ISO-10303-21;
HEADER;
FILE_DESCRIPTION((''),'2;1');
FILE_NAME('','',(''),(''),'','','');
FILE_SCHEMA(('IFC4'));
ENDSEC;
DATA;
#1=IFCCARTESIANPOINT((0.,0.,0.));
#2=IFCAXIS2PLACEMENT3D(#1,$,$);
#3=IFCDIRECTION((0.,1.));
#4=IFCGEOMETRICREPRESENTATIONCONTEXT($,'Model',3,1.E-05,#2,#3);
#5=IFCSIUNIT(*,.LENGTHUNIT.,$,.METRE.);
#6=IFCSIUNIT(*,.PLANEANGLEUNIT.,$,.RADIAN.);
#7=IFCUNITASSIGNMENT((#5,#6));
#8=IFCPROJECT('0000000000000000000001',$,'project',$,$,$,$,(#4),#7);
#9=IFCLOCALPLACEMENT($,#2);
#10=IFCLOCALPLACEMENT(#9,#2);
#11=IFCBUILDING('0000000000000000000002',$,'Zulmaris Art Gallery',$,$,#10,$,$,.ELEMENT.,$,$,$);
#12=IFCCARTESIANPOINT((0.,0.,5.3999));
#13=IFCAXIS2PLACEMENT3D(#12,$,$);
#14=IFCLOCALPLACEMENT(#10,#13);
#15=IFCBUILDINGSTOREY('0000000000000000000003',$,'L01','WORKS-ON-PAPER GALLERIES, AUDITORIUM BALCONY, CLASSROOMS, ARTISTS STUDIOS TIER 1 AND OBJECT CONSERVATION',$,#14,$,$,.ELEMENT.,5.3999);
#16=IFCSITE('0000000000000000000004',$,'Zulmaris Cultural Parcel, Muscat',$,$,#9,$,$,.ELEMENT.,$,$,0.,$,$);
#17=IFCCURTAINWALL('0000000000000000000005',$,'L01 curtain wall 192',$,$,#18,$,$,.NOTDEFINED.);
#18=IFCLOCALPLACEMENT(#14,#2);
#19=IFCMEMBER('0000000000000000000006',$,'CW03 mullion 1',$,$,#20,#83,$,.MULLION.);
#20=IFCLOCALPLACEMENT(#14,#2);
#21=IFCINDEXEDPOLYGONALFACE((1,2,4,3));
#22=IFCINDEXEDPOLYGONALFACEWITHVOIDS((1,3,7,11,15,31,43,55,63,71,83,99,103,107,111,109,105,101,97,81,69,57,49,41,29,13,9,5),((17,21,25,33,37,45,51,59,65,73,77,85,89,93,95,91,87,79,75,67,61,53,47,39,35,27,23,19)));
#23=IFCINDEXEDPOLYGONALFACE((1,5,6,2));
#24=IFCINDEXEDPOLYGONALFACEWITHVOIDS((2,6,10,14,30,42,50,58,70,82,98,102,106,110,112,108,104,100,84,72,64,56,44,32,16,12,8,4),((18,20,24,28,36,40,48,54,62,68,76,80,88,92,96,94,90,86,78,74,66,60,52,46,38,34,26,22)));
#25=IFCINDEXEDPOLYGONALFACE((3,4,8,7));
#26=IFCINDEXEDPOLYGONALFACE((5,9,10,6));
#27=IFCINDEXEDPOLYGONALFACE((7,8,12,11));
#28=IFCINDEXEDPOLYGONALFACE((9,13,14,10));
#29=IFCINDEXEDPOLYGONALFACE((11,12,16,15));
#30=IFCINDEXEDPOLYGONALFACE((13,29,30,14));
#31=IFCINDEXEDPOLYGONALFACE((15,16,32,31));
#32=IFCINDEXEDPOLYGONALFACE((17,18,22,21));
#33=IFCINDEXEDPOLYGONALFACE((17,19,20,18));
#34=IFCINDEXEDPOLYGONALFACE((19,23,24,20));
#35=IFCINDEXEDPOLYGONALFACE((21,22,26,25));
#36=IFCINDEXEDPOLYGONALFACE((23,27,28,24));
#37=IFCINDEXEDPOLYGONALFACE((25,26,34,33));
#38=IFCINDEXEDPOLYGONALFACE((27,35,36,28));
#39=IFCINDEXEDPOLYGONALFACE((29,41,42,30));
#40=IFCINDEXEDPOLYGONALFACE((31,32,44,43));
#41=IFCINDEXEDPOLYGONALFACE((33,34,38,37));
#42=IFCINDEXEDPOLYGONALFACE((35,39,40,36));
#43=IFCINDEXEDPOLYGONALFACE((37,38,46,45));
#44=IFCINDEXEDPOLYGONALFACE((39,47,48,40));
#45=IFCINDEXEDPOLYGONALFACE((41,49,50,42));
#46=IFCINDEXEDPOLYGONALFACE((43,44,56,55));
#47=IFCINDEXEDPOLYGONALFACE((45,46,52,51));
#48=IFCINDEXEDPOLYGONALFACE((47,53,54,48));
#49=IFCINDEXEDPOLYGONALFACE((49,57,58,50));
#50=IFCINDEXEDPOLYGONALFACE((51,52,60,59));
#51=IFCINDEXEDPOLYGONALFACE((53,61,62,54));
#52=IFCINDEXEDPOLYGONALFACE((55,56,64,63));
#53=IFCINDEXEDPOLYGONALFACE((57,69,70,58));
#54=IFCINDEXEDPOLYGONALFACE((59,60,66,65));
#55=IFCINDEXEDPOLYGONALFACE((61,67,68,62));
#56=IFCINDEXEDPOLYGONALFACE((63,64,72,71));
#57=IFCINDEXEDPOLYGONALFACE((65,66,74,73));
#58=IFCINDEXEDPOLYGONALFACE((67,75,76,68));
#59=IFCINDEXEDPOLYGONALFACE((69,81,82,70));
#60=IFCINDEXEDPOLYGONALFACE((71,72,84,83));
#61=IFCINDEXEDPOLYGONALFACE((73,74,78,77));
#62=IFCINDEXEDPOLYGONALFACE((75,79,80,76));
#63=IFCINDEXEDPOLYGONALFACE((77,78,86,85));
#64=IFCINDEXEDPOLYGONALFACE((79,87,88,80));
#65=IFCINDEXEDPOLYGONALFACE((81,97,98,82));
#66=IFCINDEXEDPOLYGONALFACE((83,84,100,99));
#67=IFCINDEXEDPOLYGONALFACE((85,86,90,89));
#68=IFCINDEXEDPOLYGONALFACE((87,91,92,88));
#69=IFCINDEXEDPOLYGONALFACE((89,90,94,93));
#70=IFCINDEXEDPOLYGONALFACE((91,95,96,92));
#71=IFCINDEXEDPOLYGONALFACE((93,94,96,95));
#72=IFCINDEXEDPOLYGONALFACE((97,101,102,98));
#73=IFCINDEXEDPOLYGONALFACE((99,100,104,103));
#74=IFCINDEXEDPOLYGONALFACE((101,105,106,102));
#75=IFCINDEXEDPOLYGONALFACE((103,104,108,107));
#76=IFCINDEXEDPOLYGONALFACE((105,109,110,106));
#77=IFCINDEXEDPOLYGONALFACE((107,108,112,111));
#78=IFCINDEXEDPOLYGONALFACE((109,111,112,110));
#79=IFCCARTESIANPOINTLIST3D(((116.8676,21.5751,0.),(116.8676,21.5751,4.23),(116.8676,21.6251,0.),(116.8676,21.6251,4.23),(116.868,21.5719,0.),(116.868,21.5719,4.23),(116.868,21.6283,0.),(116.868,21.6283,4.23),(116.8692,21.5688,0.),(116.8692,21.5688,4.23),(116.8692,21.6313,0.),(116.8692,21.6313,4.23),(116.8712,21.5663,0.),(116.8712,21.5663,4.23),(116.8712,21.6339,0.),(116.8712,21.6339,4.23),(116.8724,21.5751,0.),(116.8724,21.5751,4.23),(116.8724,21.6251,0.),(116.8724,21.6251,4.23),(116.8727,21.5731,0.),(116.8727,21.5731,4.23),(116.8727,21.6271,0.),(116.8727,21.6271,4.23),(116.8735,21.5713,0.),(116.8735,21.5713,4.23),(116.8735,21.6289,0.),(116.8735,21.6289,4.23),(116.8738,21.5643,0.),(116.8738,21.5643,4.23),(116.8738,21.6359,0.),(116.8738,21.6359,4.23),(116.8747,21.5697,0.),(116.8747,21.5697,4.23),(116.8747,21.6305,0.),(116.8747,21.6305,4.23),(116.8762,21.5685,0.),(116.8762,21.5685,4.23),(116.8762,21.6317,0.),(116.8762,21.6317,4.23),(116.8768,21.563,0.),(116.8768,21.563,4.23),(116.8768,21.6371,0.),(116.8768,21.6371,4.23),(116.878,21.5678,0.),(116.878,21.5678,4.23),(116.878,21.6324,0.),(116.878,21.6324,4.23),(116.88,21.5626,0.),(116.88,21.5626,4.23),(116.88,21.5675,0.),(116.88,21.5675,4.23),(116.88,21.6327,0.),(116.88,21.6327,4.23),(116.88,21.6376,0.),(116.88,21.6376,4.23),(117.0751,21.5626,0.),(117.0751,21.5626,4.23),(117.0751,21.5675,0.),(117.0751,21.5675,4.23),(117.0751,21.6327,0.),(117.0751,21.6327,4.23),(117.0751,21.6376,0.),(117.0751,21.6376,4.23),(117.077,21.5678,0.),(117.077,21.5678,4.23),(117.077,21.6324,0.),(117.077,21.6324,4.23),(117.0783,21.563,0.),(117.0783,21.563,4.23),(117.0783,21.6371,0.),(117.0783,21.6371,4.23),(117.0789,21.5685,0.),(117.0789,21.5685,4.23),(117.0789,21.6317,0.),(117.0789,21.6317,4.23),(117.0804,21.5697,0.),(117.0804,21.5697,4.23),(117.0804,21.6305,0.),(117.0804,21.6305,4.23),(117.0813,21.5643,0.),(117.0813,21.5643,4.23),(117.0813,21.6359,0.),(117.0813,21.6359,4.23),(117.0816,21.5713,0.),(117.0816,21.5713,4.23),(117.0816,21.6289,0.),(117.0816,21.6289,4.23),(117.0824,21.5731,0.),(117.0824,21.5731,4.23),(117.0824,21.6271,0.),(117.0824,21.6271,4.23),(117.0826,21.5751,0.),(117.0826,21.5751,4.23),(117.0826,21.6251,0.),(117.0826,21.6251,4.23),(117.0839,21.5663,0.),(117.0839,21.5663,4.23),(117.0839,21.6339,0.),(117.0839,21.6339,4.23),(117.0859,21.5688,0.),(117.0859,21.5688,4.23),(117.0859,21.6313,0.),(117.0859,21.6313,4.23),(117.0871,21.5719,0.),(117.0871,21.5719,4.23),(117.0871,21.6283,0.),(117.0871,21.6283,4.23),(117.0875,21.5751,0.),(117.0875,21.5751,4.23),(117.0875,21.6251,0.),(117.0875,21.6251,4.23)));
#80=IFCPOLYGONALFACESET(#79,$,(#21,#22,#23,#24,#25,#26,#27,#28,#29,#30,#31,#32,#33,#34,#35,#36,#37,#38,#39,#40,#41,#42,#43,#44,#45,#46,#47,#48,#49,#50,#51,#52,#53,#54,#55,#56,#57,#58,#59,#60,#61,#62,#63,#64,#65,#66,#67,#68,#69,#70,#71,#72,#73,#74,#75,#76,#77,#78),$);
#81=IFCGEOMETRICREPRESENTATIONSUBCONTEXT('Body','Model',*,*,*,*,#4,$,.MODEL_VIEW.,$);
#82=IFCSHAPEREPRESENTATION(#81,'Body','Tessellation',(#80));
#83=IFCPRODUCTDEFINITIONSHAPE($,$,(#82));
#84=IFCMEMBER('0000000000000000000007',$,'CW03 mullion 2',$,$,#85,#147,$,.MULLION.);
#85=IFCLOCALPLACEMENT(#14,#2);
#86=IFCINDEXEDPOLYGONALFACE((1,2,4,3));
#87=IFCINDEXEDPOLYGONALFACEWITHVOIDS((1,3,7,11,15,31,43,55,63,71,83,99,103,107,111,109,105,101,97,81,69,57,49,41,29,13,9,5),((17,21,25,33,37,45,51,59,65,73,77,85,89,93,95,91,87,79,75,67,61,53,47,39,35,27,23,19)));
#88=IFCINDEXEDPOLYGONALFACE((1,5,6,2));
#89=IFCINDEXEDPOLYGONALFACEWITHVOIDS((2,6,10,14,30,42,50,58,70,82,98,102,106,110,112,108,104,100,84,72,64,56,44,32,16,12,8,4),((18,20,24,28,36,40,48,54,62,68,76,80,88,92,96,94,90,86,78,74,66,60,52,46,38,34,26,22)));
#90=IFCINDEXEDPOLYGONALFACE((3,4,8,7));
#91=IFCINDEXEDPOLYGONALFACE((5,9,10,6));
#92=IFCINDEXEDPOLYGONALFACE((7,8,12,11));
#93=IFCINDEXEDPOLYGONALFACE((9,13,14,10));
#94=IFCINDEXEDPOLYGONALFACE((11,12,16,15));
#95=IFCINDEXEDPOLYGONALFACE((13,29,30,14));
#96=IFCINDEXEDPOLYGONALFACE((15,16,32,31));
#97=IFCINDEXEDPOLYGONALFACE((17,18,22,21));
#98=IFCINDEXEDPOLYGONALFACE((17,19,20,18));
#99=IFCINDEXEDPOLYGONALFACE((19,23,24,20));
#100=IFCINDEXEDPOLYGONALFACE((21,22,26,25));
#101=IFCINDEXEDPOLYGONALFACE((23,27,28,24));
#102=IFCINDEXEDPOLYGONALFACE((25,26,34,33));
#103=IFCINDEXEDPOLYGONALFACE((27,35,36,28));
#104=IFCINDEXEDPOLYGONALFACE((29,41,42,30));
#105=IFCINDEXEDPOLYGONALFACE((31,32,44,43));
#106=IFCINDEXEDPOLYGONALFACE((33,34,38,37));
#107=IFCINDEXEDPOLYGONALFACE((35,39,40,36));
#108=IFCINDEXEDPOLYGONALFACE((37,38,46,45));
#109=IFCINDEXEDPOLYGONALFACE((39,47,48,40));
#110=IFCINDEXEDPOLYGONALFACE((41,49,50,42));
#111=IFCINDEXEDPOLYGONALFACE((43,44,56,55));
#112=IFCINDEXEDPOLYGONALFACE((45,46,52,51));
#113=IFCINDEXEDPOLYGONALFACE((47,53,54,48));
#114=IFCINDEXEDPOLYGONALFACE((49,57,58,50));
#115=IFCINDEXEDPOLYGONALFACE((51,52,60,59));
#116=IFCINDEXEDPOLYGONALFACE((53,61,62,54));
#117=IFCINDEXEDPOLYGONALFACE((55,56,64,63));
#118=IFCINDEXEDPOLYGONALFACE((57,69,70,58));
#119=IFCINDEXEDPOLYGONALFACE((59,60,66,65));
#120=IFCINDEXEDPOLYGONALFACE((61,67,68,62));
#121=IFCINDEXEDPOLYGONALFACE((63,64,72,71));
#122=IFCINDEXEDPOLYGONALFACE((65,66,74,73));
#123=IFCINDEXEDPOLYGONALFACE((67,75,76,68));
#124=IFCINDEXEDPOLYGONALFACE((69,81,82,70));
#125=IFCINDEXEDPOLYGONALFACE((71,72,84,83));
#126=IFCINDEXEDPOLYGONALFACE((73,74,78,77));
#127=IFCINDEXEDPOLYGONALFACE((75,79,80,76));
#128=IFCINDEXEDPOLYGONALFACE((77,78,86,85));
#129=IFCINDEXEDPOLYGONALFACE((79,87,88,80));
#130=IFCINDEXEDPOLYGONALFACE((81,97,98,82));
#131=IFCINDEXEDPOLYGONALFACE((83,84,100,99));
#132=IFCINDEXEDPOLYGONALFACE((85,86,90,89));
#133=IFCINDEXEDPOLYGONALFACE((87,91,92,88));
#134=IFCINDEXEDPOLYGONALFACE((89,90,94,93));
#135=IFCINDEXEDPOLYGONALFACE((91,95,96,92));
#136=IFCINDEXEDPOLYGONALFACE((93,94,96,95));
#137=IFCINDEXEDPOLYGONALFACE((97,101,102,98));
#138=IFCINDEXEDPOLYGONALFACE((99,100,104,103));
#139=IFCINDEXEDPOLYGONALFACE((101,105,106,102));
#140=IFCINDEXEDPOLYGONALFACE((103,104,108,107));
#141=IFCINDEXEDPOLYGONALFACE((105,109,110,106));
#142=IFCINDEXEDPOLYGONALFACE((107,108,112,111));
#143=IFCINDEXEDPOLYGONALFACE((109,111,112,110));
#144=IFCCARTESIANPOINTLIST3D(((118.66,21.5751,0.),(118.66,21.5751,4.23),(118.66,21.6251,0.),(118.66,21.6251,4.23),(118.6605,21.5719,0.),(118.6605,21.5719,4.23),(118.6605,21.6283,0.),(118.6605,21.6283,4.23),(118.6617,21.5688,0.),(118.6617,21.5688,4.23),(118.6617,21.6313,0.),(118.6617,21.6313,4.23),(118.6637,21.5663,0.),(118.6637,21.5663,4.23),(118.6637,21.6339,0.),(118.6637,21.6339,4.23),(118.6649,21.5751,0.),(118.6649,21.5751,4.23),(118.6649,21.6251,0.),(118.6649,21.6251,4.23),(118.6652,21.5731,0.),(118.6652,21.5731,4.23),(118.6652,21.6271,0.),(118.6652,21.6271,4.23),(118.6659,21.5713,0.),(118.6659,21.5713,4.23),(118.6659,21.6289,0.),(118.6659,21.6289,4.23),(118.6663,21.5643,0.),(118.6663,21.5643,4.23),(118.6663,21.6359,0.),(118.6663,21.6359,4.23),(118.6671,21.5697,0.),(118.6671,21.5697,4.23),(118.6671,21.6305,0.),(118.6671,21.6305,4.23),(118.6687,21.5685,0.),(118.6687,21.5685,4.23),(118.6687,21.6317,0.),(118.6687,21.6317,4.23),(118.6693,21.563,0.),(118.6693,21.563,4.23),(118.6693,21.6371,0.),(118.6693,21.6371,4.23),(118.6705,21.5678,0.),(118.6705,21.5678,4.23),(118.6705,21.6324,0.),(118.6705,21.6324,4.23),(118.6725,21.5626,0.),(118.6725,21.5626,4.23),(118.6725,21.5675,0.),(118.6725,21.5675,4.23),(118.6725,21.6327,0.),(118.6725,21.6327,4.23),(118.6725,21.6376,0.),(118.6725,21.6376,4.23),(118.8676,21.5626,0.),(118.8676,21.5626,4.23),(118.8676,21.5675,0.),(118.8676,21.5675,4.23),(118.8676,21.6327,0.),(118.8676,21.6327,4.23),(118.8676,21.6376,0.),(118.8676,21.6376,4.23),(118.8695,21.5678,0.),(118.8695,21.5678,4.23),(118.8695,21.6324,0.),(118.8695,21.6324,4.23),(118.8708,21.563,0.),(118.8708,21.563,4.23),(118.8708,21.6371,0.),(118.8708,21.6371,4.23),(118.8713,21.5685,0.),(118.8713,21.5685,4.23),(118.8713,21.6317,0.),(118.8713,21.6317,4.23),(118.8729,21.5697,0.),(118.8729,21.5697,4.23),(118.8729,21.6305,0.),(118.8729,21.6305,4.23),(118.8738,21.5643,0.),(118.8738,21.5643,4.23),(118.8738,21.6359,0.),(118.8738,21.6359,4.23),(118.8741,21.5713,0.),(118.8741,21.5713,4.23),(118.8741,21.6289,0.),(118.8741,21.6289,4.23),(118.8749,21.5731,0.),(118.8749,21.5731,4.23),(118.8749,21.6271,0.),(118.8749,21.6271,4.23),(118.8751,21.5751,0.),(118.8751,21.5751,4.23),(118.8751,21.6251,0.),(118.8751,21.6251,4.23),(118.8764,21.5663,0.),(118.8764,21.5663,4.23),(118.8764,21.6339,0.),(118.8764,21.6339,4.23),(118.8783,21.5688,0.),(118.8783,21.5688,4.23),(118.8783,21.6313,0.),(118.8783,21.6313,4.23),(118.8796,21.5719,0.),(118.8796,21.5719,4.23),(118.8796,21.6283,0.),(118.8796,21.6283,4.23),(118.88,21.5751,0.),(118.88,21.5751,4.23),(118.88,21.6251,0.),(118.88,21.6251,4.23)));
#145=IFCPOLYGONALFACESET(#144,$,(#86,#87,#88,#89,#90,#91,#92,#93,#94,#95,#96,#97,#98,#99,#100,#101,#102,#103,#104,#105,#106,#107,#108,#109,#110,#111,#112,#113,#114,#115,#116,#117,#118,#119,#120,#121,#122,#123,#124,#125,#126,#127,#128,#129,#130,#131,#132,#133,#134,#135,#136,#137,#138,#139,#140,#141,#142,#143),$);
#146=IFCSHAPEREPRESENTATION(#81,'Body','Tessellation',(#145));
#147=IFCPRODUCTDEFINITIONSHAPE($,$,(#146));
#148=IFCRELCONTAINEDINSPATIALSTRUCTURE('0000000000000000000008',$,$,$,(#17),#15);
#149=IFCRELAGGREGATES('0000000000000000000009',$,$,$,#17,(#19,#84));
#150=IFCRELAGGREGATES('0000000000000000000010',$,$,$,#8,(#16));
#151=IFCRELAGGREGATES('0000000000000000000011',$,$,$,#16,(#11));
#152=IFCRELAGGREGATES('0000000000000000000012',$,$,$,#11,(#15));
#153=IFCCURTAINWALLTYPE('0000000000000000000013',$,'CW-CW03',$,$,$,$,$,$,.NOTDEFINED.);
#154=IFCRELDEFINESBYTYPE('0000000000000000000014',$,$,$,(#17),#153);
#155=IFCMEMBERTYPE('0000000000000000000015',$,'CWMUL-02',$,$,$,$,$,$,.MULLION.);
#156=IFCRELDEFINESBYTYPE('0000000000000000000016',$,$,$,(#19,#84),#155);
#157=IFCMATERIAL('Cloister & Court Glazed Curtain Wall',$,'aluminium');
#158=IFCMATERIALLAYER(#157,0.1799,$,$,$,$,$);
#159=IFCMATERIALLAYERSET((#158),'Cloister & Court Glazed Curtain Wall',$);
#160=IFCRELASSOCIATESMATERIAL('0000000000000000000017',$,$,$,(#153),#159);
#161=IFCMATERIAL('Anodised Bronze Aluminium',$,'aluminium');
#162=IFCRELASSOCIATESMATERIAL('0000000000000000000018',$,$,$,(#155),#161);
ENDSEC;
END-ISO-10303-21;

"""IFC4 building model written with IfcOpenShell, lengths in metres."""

from ifc_helpers import new_model, si_unit, direction, frame, origin, origin_2d, place, context, subcontext, project, spatial, hollow_rectangle, extrude, material, layer, layer_set, material_profile, profile_set, type_object, element, aggregate, save


model = new_model("IFC4")

# Units and contexts
model_context = context("Model", 3, precision=1e-05, world=origin(), true_north=direction((0.0, 1.0)))
body_context = subcontext(model_context, "Body", "Model", "MODEL_VIEW")
ifc_project = project(units=[si_unit("LENGTHUNIT", "METRE"), si_unit("PLANEANGLEUNIT", "RADIAN")], contexts=[model_context])

# Site, building, storey
site_placement = place(None, origin())
site = spatial("IfcSite", under=ifc_project, at=site_placement, Name="Zulmaris Cultural Parcel, Muscat", CompositionType="ELEMENT", RefElevation=0.0)
building_placement = place(site_placement, origin())
building = spatial("IfcBuilding", under=site, at=building_placement, Name="Zulmaris Art Gallery", CompositionType="ELEMENT")
storey_placement = place(building_placement, frame((0.0, 0.0, 5.3999)))
storey = spatial("IfcBuildingStorey", under=building, at=storey_placement, Name="L01", Description="WORKS-ON-PAPER GALLERIES, AUDITORIUM BALCONY, CLASSROOMS, ARTISTS STUDIOS TIER 1 AND OBJECT CONSERVATION", CompositionType="ELEMENT", Elevation=5.3999)

# Shared definitions
ifc_material_1 = material(Name="Cloister & Court Glazed Curtain Wall", Category="aluminium")
ifc_layer_1 = layer(ifc_material_1, 0.1799)
ifc_layer_set_1 = layer_set([ifc_layer_1], Name="Cloister & Court Glazed Curtain Wall")
curtain_wall_type = type_object("IfcCurtainWallType", Name="CW-CW03", PredefinedType="NOTDEFINED", material=ifc_layer_set_1)
ifc_material_2 = material(Name="Anodised Bronze Aluminium", Category="aluminium")
ifc_material_profile_1 = material_profile(ifc_material_2, hollow_rectangle(XDim=0.075, YDim=0.22, WallThickness=0.0049, InnerFilletRadius=0.0076, OuterFilletRadius=0.0125, at=origin_2d()), Name="ALU 75x220x5")
ifc_profile_set_1 = profile_set([ifc_material_profile_1], Name="Anodised Bronze Aluminium")
member_type_1 = type_object("IfcMemberType", Name="CWMUL-02", PredefinedType="MULLION", material=ifc_profile_set_1)

# Curtain wall, members
curtain_wall_1_placement = place(storey_placement, origin())
curtain_wall_1 = element("IfcCurtainWall", 1, at=curtain_wall_1_placement, inside=storey, type_object=curtain_wall_type, Name="L01 curtain wall 192", PredefinedType="NOTDEFINED")
member_1_placement = place(storey_placement, frame((116.9775, 21.6001, 0.0), z_axis=(0.0, 0.0, 1.0), x_axis=(0.0, 1.0, 0.0)))
member_1 = element("IfcMember", 2, at=member_1_placement, type_object=member_type_1, Name="CW03 mullion 1", PredefinedType="MULLION", context=body_context, shape_type="SweptSolid", body=[
    extrude(hollow_rectangle(XDim=0.075, YDim=0.22, WallThickness=0.0049, InnerFilletRadius=0.0076, OuterFilletRadius=0.0125, at=origin_2d()), origin(), (0.0, 0.0, 1.0), 4.23),
])
member_2_placement = place(storey_placement, frame((118.77, 21.6001, 0.0), z_axis=(0.0, 0.0, 1.0), x_axis=(0.0, 1.0, 0.0)))
member_2 = element("IfcMember", 3, at=member_2_placement, type_object=member_type_1, Name="CW03 mullion 2", PredefinedType="MULLION", context=body_context, shape_type="SweptSolid", body=[
    extrude(hollow_rectangle(XDim=0.075, YDim=0.22, WallThickness=0.0049, InnerFilletRadius=0.0076, OuterFilletRadius=0.0125, at=origin_2d()), origin(), (0.0, 0.0, 1.0), 4.23),
])

aggregate(curtain_wall_1, [member_1, member_2])

save(model, "model.ifc")
